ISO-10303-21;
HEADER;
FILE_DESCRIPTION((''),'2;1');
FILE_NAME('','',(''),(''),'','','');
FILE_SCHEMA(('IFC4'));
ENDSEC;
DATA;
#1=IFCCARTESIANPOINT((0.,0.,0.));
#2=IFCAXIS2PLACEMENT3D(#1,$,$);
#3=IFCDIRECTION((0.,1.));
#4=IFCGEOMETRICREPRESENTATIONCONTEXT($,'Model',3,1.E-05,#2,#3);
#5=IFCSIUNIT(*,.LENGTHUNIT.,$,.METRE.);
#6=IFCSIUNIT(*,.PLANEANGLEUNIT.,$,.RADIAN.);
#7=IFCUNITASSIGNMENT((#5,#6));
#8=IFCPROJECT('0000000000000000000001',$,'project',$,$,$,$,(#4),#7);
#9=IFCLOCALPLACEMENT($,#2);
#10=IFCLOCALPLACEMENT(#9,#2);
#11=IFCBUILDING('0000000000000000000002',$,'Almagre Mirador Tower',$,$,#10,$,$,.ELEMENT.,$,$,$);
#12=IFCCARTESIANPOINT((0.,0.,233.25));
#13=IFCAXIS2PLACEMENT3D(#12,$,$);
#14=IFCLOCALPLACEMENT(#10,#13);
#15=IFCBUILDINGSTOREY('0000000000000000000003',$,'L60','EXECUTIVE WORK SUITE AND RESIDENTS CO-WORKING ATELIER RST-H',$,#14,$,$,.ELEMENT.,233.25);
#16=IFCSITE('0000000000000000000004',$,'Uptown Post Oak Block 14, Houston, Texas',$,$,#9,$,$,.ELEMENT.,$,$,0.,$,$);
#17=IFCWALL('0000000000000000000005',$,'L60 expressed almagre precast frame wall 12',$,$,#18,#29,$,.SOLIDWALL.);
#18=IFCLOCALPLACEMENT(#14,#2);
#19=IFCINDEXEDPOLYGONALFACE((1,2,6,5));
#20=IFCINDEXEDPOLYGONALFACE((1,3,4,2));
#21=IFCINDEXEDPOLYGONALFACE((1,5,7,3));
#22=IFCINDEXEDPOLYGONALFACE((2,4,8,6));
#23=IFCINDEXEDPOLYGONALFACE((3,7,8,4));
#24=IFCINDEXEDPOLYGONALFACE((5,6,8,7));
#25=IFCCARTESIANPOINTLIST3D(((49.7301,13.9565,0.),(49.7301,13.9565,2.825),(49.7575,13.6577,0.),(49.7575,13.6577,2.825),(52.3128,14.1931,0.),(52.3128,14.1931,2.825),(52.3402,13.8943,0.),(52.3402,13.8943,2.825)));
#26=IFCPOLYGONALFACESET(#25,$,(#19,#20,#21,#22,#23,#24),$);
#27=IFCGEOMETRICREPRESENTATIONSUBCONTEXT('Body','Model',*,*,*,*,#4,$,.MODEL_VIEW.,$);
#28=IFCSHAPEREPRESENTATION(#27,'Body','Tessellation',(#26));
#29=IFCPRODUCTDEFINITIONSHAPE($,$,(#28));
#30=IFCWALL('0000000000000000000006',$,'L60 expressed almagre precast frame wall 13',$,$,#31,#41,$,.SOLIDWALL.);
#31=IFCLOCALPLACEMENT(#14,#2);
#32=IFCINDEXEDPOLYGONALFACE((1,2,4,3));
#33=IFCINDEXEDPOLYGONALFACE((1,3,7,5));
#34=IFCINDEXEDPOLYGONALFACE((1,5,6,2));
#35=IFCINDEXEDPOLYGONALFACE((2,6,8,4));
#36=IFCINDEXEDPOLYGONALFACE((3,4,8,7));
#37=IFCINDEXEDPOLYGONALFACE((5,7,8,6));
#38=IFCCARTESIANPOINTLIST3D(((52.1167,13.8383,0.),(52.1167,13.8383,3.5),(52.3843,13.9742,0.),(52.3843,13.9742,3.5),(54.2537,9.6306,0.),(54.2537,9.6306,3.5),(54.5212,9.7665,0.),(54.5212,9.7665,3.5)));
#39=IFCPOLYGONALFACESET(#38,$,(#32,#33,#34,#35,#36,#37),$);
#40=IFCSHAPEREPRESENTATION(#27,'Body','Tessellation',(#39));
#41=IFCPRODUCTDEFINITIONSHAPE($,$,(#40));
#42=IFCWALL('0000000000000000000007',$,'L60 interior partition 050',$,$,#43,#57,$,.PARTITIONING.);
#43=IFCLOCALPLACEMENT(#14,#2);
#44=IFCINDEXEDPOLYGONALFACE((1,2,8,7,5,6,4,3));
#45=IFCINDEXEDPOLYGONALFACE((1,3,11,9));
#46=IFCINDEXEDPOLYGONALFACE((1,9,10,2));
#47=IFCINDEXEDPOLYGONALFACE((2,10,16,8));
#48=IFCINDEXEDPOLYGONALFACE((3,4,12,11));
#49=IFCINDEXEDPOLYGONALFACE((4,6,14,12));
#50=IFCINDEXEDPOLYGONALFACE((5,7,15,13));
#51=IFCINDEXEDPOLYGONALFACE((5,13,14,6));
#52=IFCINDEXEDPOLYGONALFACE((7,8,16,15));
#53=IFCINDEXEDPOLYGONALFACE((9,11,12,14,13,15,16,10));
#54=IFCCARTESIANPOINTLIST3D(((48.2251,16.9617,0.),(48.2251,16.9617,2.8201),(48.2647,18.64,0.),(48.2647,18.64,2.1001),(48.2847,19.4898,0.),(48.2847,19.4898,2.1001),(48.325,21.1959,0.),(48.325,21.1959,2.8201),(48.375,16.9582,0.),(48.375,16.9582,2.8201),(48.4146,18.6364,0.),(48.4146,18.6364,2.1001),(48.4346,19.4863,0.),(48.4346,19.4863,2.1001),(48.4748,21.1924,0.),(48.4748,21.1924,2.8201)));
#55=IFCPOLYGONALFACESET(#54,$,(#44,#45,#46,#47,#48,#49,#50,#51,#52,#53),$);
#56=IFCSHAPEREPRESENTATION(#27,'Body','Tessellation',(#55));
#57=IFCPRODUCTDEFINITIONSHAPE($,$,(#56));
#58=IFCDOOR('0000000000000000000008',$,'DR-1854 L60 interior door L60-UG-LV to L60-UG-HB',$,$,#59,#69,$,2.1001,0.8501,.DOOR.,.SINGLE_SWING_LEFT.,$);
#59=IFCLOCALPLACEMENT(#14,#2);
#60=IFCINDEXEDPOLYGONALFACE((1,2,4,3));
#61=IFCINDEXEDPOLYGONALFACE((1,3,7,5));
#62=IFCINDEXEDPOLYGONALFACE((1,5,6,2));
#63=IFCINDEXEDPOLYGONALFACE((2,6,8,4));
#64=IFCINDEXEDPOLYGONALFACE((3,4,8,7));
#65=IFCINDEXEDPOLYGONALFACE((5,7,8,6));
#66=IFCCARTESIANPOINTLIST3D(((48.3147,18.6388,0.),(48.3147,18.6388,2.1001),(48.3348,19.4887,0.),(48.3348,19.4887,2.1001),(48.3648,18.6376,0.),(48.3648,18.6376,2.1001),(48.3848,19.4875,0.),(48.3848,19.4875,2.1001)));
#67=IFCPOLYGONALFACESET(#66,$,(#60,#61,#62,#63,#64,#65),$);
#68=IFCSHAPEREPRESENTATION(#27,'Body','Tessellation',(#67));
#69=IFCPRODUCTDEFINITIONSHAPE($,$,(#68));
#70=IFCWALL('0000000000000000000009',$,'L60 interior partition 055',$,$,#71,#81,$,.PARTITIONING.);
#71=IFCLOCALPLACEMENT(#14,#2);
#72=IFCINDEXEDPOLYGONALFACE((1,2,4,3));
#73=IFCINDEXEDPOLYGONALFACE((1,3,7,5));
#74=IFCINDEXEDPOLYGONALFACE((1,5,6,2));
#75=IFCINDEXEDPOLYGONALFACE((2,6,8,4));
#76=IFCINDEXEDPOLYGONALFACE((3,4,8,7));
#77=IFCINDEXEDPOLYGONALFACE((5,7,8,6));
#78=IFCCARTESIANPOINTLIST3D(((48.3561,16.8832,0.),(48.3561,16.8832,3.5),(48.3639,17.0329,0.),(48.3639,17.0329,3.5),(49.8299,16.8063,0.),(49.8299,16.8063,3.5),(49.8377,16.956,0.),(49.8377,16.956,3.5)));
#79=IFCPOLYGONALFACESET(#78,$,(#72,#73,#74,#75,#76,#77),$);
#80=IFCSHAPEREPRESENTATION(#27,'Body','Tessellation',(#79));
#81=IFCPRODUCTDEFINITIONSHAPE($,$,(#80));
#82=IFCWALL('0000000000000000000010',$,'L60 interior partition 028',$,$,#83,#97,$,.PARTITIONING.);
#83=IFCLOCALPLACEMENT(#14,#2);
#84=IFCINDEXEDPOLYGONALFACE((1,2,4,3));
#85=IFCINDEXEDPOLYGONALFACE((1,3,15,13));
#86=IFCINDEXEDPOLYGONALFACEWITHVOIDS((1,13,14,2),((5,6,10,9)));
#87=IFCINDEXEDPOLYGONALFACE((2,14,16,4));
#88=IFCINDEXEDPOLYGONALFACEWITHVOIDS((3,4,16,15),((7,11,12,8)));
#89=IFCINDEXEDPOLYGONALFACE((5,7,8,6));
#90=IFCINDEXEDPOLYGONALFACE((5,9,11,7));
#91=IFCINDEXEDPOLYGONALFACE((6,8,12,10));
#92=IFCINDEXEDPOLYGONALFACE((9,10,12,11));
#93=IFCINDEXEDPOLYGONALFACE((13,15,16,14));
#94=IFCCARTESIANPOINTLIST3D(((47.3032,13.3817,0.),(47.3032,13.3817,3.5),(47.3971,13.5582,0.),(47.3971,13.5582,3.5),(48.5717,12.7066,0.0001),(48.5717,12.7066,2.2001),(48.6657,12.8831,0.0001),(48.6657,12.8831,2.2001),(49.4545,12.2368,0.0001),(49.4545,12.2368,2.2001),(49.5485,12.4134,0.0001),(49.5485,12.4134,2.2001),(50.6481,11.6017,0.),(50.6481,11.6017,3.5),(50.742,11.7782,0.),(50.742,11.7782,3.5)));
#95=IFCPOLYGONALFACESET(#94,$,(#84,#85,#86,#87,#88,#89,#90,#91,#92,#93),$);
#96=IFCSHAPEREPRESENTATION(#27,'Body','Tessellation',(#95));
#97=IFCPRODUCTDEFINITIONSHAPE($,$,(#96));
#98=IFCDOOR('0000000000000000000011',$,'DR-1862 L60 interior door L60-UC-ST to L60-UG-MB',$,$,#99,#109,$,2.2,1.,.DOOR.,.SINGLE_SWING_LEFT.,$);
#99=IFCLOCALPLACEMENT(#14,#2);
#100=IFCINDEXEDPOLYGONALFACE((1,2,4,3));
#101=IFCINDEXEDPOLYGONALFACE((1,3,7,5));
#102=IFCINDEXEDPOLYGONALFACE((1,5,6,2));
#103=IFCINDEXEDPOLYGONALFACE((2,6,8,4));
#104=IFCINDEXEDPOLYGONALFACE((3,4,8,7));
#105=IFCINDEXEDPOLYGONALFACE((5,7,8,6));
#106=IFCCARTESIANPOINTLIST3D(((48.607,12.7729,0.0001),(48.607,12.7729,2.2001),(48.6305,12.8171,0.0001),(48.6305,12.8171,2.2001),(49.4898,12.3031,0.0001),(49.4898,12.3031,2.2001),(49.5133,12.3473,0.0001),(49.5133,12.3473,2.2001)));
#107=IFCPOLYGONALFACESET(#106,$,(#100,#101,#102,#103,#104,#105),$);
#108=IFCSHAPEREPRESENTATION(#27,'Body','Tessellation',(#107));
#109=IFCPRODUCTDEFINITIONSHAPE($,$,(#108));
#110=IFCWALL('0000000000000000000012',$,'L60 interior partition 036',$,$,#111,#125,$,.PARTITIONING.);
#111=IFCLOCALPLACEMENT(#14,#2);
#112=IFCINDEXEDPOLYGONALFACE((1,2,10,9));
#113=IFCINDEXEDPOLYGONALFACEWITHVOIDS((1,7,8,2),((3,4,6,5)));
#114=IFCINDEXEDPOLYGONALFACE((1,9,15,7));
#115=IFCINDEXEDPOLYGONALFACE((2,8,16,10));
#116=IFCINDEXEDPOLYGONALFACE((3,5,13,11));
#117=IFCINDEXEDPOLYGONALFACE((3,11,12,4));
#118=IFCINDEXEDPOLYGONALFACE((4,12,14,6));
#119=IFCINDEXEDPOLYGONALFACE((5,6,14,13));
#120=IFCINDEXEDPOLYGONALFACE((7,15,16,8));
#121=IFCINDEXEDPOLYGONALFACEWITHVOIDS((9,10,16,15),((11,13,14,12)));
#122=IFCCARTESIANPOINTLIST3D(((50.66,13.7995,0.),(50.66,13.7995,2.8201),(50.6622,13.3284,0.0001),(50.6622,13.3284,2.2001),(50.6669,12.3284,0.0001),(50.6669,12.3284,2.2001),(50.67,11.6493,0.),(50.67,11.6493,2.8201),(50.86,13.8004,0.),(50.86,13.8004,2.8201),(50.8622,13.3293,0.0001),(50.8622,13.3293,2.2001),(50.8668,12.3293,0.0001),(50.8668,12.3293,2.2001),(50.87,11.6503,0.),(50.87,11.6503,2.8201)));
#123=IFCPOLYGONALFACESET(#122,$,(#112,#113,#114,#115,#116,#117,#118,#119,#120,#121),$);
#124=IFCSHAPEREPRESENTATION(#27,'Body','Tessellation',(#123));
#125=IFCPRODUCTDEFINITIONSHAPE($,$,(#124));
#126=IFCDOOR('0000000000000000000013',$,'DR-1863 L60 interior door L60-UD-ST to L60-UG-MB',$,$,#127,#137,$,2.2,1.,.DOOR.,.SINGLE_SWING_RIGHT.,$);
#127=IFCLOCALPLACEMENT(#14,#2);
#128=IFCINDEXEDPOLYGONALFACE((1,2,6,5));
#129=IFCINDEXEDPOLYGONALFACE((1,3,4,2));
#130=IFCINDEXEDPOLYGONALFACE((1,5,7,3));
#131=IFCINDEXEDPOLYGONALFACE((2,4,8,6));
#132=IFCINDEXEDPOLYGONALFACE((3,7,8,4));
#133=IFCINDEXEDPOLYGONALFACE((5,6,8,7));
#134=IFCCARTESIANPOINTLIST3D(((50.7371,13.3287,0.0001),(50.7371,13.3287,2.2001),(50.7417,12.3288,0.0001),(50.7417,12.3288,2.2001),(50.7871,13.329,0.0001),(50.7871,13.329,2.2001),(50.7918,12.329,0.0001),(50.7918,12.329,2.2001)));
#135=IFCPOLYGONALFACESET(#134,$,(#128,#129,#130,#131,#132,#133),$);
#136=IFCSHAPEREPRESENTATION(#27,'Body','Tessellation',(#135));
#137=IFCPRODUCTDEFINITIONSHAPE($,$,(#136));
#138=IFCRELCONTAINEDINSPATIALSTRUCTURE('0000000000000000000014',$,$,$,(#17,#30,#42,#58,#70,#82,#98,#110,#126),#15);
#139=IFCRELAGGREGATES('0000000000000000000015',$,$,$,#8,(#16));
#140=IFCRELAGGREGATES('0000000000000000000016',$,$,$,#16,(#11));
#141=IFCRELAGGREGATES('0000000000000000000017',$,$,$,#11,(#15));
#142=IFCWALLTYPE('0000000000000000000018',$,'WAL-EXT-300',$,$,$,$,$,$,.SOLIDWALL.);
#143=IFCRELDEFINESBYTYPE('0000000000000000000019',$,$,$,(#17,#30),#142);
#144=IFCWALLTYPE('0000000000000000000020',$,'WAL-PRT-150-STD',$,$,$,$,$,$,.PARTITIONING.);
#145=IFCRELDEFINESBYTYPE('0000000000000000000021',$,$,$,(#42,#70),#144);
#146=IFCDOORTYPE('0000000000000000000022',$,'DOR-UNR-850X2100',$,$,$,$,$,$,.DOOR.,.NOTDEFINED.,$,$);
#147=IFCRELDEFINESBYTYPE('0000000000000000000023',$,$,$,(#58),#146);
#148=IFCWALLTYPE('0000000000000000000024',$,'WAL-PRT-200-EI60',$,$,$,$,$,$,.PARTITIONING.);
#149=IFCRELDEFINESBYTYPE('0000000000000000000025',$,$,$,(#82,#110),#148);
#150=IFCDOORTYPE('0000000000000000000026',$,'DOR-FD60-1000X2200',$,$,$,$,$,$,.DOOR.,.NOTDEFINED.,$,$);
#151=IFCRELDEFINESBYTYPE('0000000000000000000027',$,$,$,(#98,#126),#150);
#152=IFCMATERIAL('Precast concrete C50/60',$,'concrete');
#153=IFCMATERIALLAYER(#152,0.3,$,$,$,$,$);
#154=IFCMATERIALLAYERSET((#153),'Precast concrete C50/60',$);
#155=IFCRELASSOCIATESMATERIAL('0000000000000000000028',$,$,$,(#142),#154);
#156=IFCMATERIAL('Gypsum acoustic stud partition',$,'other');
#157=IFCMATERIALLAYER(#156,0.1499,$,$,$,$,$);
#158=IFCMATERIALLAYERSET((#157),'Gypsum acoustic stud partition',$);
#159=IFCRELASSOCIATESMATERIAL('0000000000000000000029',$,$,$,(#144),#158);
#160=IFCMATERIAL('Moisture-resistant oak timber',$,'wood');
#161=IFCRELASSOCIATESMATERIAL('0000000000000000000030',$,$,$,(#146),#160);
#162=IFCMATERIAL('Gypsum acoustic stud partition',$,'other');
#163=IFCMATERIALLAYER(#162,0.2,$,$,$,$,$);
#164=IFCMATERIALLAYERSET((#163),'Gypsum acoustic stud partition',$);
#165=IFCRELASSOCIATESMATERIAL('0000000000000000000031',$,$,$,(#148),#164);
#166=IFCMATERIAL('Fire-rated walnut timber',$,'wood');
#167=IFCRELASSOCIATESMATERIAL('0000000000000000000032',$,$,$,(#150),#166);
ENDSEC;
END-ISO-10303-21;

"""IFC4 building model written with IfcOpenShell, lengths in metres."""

from ifc_helpers import new_model, si_unit, direction, frame, frame_2d, origin, place, context, subcontext, project, spatial, rectangle, extrude, material, layer, layer_set, type_object, element, fill, save


model = new_model("IFC4")

# Units and contexts
model_context = context("Model", 3, precision=1e-05, world=origin(), true_north=direction((0.0, 1.0)))
body_context = subcontext(model_context, "Body", "Model", "MODEL_VIEW")
ifc_project = project(units=[si_unit("LENGTHUNIT", "METRE"), si_unit("PLANEANGLEUNIT", "RADIAN")], contexts=[model_context])

# Site, building, storey
site_placement = place(None, origin())
site = spatial("IfcSite", under=ifc_project, at=site_placement, Name="Uptown Post Oak Block 14, Houston, Texas", CompositionType="ELEMENT", RefElevation=0.0)
building_placement = place(site_placement, origin())
building = spatial("IfcBuilding", under=site, at=building_placement, Name="Almagre Mirador Tower", CompositionType="ELEMENT")
storey_placement = place(building_placement, frame((0.0, 0.0, 233.25)))
storey = spatial("IfcBuildingStorey", under=building, at=storey_placement, Name="L60", Description="EXECUTIVE WORK SUITE AND RESIDENTS CO-WORKING ATELIER RST-H", CompositionType="ELEMENT", Elevation=233.25)

# Walls
ifc_material_1 = material(Name="Precast concrete C50/60", Category="concrete")
ifc_layer_1 = layer(ifc_material_1, 0.3)
ifc_layer_set_1 = layer_set([ifc_layer_1], Name="Precast concrete C50/60")
wall_type_1 = type_object("IfcWallType", Name="WAL-EXT-300", PredefinedType="SOLIDWALL", material=ifc_layer_set_1)
wall_1_placement = place(storey_placement, frame((49.7437, 13.8071, 0.0), z_axis=(0.0, 0.0, 1.0), x_axis=(0.995831, 0.091215, 0.0)))
element("IfcWall", 1, at=wall_1_placement, inside=storey, type_object=wall_type_1, Name="L60 expressed almagre precast frame wall 12", PredefinedType="SOLIDWALL", context=body_context, shape_type="SweptSolid", body=[
    extrude(rectangle(XDim=2.5935, YDim=0.3, at=frame_2d((1.2969, 0.0))), origin(), (0.0, 0.0, 1.0), 2.825),
])
wall_2_placement = place(storey_placement, frame((52.2505, 13.9062, 0.0), z_axis=(0.0, 0.0, 1.0), x_axis=(0.452813, -0.891606, 0.0)))
element("IfcWall", 2, at=wall_2_placement, inside=storey, type_object=wall_type_1, Name="L60 expressed almagre precast frame wall 13", PredefinedType="SOLIDWALL", context=body_context, shape_type="SweptSolid", body=[
    extrude(rectangle(XDim=4.7192, YDim=0.3, at=frame_2d((2.3596, 0.0))), origin(), (0.0, 0.0, 1.0), 3.5),
])

# Wall, opening, door
ifc_material_2 = material(Name="Gypsum acoustic stud partition", Category="other")
ifc_layer_2 = layer(ifc_material_2, 0.1499)
ifc_layer_set_2 = layer_set([ifc_layer_2], Name="Gypsum acoustic stud partition")
wall_type_2 = type_object("IfcWallType", Name="WAL-PRT-150-STD", PredefinedType="PARTITIONING", material=ifc_layer_set_2)
wall_3_placement = place(storey_placement, frame((48.3, 16.96, 0.0), z_axis=(0.0, 0.0, 1.0), x_axis=(0.023576, 0.999722, 0.0)))
wall_3 = element("IfcWall", 3, at=wall_3_placement, inside=storey, type_object=wall_type_2, Name="L60 interior partition 050", PredefinedType="PARTITIONING", context=body_context, shape_type="SweptSolid", body=[
    extrude(rectangle(XDim=4.2354, YDim=0.1499, at=frame_2d((2.1177, 0.0))), origin(), (0.0, 0.0, 1.0), 2.8201),
])
opening_1_placement = place(wall_3_placement, frame((1.6787, 0.0, 0.0)))
opening_1 = element("IfcOpeningElement", 4, at=opening_1_placement, cuts=wall_3, PredefinedType="OPENING", context=body_context, shape_type="SweptSolid", body=[
    extrude(rectangle(XDim=0.8501, YDim=2.1001, at=frame_2d((0.425, 1.05))), frame((0.0, 0.085, 0.0), z_axis=(0.0, -1.0, 0.0), x_axis=(1.0, 0.0, 0.0)), (0.0, 0.0, 1.0), 0.1699),
])
ifc_material_3 = material(Name="Moisture-resistant oak timber", Category="wood")
door_type_1 = type_object("IfcDoorType", Name="DOR-UNR-850X2100", OperationType="NOTDEFINED", PredefinedType="DOOR", material=ifc_material_3)
door_1_placement = place(opening_1_placement, origin())
door_1 = element("IfcDoor", 5, at=door_1_placement, inside=storey, type_object=door_type_1, Name="DR-1854 L60 interior door L60-UG-LV to L60-UG-HB", OperationType="SINGLE_SWING_LEFT", OverallHeight=2.1001, OverallWidth=0.8501, PredefinedType="DOOR", context=body_context, shape_type="SweptSolid", body=[
    extrude(rectangle(XDim=0.8501, YDim=2.1001, at=frame_2d((0.425, 1.05))), frame((0.0, 0.0249, 0.0), z_axis=(0.0, -1.0, 0.0), x_axis=(1.0, 0.0, 0.0)), (0.0, 0.0, 1.0), 0.05),
])
fill(opening_1, door_1)

# Wall
wall_4_placement = place(storey_placement, frame((48.3601, 16.958, 0.0), z_axis=(0.0, 0.0, 1.0), x_axis=(0.998641, -0.052107, 0.0)))
element("IfcWall", 6, at=wall_4_placement, inside=storey, type_object=wall_type_2, Name="L60 interior partition 055", PredefinedType="PARTITIONING", context=body_context, shape_type="SweptSolid", body=[
    extrude(rectangle(XDim=1.4758, YDim=0.1499, at=frame_2d((0.7378, 0.0))), origin(), (0.0, 0.0, 1.0), 3.5),
])

# Walls, openings, doors
ifc_material_4 = material(Name="Gypsum acoustic stud partition", Category="other")
ifc_layer_3 = layer(ifc_material_4, 0.2)
ifc_layer_set_3 = layer_set([ifc_layer_3], Name="Gypsum acoustic stud partition")
wall_type_3 = type_object("IfcWallType", Name="WAL-PRT-200-EI60", PredefinedType="PARTITIONING", material=ifc_layer_set_3)
wall_5_placement = place(storey_placement, frame((50.6951, 11.6899, 0.0), z_axis=(0.0, 0.0, 1.0), x_axis=(-0.882786, 0.469775, 0.0)))
wall_5 = element("IfcWall", 7, at=wall_5_placement, inside=storey, type_object=wall_type_3, Name="L60 interior partition 028", PredefinedType="PARTITIONING", context=body_context, shape_type="SweptSolid", body=[
    extrude(rectangle(XDim=3.7891, YDim=0.2, at=frame_2d((1.8945, 0.0))), origin(), (0.0, 0.0, 1.0), 3.5),
])
opening_2_placement = place(wall_5_placement, frame((1.3521, 0.0, 0.0)))
opening_2 = element("IfcOpeningElement", 8, at=opening_2_placement, cuts=wall_5, PredefinedType="OPENING", context=body_context, shape_type="SweptSolid", body=[
    extrude(rectangle(XDim=1.0, YDim=2.2, at=frame_2d((0.5, 1.1001))), frame((0.0, 0.1101, 0.0), z_axis=(0.0, -1.0, 0.0), x_axis=(1.0, 0.0, 0.0)), (0.0, 0.0, 1.0), 0.22),
])
ifc_material_5 = material(Name="Fire-rated walnut timber", Category="wood")
door_type_2 = type_object("IfcDoorType", Name="DOR-FD60-1000X2200", OperationType="NOTDEFINED", PredefinedType="DOOR", material=ifc_material_5)
door_2_placement = place(opening_2_placement, origin())
door_2 = element("IfcDoor", 9, at=door_2_placement, inside=storey, type_object=door_type_2, Name="DR-1862 L60 interior door L60-UC-ST to L60-UG-MB", OperationType="SINGLE_SWING_LEFT", OverallHeight=2.2, OverallWidth=1.0, PredefinedType="DOOR", context=body_context, shape_type="SweptSolid", body=[
    extrude(rectangle(XDim=1.0, YDim=2.2, at=frame_2d((0.5, 1.1001))), frame((0.0, 0.0249, 0.0), z_axis=(0.0, -1.0, 0.0), x_axis=(1.0, 0.0, 0.0)), (0.0, 0.0, 1.0), 0.05),
])
fill(opening_2, door_2)
wall_6_placement = place(storey_placement, frame((50.76, 13.8, 0.0), z_axis=(0.0, 0.0, 1.0), x_axis=(0.004655, -0.999989, 0.0)))
wall_6 = element("IfcWall", 10, at=wall_6_placement, inside=storey, type_object=wall_type_3, Name="L60 interior partition 036", PredefinedType="PARTITIONING", context=body_context, shape_type="SweptSolid", body=[
    extrude(rectangle(XDim=2.1501, YDim=0.2, at=frame_2d((1.0752, 0.0))), origin(), (0.0, 0.0, 1.0), 2.8201),
])
opening_3_placement = place(wall_6_placement, frame((0.4712, 0.0, 0.0)))
opening_3 = element("IfcOpeningElement", 11, at=opening_3_placement, cuts=wall_6, PredefinedType="OPENING", context=body_context, shape_type="SweptSolid", body=[
    extrude(rectangle(XDim=1.0, YDim=2.2, at=frame_2d((0.5, 1.1001))), frame((0.0, 0.1101, 0.0), z_axis=(0.0, -1.0, 0.0), x_axis=(1.0, 0.0, 0.0)), (0.0, 0.0, 1.0), 0.22),
])
door_3_placement = place(opening_3_placement, origin())
door_3 = element("IfcDoor", 12, at=door_3_placement, inside=storey, type_object=door_type_2, Name="DR-1863 L60 interior door L60-UD-ST to L60-UG-MB", OperationType="SINGLE_SWING_RIGHT", OverallHeight=2.2, OverallWidth=1.0, PredefinedType="DOOR", context=body_context, shape_type="SweptSolid", body=[
    extrude(rectangle(XDim=1.0, YDim=2.2, at=frame_2d((0.5, 1.1001))), frame((0.0, 0.0249, 0.0), z_axis=(0.0, -1.0, 0.0), x_axis=(1.0, 0.0, 0.0)), (0.0, 0.0, 1.0), 0.05),
])
fill(opening_3, door_3)

save(model, "model.ifc")
